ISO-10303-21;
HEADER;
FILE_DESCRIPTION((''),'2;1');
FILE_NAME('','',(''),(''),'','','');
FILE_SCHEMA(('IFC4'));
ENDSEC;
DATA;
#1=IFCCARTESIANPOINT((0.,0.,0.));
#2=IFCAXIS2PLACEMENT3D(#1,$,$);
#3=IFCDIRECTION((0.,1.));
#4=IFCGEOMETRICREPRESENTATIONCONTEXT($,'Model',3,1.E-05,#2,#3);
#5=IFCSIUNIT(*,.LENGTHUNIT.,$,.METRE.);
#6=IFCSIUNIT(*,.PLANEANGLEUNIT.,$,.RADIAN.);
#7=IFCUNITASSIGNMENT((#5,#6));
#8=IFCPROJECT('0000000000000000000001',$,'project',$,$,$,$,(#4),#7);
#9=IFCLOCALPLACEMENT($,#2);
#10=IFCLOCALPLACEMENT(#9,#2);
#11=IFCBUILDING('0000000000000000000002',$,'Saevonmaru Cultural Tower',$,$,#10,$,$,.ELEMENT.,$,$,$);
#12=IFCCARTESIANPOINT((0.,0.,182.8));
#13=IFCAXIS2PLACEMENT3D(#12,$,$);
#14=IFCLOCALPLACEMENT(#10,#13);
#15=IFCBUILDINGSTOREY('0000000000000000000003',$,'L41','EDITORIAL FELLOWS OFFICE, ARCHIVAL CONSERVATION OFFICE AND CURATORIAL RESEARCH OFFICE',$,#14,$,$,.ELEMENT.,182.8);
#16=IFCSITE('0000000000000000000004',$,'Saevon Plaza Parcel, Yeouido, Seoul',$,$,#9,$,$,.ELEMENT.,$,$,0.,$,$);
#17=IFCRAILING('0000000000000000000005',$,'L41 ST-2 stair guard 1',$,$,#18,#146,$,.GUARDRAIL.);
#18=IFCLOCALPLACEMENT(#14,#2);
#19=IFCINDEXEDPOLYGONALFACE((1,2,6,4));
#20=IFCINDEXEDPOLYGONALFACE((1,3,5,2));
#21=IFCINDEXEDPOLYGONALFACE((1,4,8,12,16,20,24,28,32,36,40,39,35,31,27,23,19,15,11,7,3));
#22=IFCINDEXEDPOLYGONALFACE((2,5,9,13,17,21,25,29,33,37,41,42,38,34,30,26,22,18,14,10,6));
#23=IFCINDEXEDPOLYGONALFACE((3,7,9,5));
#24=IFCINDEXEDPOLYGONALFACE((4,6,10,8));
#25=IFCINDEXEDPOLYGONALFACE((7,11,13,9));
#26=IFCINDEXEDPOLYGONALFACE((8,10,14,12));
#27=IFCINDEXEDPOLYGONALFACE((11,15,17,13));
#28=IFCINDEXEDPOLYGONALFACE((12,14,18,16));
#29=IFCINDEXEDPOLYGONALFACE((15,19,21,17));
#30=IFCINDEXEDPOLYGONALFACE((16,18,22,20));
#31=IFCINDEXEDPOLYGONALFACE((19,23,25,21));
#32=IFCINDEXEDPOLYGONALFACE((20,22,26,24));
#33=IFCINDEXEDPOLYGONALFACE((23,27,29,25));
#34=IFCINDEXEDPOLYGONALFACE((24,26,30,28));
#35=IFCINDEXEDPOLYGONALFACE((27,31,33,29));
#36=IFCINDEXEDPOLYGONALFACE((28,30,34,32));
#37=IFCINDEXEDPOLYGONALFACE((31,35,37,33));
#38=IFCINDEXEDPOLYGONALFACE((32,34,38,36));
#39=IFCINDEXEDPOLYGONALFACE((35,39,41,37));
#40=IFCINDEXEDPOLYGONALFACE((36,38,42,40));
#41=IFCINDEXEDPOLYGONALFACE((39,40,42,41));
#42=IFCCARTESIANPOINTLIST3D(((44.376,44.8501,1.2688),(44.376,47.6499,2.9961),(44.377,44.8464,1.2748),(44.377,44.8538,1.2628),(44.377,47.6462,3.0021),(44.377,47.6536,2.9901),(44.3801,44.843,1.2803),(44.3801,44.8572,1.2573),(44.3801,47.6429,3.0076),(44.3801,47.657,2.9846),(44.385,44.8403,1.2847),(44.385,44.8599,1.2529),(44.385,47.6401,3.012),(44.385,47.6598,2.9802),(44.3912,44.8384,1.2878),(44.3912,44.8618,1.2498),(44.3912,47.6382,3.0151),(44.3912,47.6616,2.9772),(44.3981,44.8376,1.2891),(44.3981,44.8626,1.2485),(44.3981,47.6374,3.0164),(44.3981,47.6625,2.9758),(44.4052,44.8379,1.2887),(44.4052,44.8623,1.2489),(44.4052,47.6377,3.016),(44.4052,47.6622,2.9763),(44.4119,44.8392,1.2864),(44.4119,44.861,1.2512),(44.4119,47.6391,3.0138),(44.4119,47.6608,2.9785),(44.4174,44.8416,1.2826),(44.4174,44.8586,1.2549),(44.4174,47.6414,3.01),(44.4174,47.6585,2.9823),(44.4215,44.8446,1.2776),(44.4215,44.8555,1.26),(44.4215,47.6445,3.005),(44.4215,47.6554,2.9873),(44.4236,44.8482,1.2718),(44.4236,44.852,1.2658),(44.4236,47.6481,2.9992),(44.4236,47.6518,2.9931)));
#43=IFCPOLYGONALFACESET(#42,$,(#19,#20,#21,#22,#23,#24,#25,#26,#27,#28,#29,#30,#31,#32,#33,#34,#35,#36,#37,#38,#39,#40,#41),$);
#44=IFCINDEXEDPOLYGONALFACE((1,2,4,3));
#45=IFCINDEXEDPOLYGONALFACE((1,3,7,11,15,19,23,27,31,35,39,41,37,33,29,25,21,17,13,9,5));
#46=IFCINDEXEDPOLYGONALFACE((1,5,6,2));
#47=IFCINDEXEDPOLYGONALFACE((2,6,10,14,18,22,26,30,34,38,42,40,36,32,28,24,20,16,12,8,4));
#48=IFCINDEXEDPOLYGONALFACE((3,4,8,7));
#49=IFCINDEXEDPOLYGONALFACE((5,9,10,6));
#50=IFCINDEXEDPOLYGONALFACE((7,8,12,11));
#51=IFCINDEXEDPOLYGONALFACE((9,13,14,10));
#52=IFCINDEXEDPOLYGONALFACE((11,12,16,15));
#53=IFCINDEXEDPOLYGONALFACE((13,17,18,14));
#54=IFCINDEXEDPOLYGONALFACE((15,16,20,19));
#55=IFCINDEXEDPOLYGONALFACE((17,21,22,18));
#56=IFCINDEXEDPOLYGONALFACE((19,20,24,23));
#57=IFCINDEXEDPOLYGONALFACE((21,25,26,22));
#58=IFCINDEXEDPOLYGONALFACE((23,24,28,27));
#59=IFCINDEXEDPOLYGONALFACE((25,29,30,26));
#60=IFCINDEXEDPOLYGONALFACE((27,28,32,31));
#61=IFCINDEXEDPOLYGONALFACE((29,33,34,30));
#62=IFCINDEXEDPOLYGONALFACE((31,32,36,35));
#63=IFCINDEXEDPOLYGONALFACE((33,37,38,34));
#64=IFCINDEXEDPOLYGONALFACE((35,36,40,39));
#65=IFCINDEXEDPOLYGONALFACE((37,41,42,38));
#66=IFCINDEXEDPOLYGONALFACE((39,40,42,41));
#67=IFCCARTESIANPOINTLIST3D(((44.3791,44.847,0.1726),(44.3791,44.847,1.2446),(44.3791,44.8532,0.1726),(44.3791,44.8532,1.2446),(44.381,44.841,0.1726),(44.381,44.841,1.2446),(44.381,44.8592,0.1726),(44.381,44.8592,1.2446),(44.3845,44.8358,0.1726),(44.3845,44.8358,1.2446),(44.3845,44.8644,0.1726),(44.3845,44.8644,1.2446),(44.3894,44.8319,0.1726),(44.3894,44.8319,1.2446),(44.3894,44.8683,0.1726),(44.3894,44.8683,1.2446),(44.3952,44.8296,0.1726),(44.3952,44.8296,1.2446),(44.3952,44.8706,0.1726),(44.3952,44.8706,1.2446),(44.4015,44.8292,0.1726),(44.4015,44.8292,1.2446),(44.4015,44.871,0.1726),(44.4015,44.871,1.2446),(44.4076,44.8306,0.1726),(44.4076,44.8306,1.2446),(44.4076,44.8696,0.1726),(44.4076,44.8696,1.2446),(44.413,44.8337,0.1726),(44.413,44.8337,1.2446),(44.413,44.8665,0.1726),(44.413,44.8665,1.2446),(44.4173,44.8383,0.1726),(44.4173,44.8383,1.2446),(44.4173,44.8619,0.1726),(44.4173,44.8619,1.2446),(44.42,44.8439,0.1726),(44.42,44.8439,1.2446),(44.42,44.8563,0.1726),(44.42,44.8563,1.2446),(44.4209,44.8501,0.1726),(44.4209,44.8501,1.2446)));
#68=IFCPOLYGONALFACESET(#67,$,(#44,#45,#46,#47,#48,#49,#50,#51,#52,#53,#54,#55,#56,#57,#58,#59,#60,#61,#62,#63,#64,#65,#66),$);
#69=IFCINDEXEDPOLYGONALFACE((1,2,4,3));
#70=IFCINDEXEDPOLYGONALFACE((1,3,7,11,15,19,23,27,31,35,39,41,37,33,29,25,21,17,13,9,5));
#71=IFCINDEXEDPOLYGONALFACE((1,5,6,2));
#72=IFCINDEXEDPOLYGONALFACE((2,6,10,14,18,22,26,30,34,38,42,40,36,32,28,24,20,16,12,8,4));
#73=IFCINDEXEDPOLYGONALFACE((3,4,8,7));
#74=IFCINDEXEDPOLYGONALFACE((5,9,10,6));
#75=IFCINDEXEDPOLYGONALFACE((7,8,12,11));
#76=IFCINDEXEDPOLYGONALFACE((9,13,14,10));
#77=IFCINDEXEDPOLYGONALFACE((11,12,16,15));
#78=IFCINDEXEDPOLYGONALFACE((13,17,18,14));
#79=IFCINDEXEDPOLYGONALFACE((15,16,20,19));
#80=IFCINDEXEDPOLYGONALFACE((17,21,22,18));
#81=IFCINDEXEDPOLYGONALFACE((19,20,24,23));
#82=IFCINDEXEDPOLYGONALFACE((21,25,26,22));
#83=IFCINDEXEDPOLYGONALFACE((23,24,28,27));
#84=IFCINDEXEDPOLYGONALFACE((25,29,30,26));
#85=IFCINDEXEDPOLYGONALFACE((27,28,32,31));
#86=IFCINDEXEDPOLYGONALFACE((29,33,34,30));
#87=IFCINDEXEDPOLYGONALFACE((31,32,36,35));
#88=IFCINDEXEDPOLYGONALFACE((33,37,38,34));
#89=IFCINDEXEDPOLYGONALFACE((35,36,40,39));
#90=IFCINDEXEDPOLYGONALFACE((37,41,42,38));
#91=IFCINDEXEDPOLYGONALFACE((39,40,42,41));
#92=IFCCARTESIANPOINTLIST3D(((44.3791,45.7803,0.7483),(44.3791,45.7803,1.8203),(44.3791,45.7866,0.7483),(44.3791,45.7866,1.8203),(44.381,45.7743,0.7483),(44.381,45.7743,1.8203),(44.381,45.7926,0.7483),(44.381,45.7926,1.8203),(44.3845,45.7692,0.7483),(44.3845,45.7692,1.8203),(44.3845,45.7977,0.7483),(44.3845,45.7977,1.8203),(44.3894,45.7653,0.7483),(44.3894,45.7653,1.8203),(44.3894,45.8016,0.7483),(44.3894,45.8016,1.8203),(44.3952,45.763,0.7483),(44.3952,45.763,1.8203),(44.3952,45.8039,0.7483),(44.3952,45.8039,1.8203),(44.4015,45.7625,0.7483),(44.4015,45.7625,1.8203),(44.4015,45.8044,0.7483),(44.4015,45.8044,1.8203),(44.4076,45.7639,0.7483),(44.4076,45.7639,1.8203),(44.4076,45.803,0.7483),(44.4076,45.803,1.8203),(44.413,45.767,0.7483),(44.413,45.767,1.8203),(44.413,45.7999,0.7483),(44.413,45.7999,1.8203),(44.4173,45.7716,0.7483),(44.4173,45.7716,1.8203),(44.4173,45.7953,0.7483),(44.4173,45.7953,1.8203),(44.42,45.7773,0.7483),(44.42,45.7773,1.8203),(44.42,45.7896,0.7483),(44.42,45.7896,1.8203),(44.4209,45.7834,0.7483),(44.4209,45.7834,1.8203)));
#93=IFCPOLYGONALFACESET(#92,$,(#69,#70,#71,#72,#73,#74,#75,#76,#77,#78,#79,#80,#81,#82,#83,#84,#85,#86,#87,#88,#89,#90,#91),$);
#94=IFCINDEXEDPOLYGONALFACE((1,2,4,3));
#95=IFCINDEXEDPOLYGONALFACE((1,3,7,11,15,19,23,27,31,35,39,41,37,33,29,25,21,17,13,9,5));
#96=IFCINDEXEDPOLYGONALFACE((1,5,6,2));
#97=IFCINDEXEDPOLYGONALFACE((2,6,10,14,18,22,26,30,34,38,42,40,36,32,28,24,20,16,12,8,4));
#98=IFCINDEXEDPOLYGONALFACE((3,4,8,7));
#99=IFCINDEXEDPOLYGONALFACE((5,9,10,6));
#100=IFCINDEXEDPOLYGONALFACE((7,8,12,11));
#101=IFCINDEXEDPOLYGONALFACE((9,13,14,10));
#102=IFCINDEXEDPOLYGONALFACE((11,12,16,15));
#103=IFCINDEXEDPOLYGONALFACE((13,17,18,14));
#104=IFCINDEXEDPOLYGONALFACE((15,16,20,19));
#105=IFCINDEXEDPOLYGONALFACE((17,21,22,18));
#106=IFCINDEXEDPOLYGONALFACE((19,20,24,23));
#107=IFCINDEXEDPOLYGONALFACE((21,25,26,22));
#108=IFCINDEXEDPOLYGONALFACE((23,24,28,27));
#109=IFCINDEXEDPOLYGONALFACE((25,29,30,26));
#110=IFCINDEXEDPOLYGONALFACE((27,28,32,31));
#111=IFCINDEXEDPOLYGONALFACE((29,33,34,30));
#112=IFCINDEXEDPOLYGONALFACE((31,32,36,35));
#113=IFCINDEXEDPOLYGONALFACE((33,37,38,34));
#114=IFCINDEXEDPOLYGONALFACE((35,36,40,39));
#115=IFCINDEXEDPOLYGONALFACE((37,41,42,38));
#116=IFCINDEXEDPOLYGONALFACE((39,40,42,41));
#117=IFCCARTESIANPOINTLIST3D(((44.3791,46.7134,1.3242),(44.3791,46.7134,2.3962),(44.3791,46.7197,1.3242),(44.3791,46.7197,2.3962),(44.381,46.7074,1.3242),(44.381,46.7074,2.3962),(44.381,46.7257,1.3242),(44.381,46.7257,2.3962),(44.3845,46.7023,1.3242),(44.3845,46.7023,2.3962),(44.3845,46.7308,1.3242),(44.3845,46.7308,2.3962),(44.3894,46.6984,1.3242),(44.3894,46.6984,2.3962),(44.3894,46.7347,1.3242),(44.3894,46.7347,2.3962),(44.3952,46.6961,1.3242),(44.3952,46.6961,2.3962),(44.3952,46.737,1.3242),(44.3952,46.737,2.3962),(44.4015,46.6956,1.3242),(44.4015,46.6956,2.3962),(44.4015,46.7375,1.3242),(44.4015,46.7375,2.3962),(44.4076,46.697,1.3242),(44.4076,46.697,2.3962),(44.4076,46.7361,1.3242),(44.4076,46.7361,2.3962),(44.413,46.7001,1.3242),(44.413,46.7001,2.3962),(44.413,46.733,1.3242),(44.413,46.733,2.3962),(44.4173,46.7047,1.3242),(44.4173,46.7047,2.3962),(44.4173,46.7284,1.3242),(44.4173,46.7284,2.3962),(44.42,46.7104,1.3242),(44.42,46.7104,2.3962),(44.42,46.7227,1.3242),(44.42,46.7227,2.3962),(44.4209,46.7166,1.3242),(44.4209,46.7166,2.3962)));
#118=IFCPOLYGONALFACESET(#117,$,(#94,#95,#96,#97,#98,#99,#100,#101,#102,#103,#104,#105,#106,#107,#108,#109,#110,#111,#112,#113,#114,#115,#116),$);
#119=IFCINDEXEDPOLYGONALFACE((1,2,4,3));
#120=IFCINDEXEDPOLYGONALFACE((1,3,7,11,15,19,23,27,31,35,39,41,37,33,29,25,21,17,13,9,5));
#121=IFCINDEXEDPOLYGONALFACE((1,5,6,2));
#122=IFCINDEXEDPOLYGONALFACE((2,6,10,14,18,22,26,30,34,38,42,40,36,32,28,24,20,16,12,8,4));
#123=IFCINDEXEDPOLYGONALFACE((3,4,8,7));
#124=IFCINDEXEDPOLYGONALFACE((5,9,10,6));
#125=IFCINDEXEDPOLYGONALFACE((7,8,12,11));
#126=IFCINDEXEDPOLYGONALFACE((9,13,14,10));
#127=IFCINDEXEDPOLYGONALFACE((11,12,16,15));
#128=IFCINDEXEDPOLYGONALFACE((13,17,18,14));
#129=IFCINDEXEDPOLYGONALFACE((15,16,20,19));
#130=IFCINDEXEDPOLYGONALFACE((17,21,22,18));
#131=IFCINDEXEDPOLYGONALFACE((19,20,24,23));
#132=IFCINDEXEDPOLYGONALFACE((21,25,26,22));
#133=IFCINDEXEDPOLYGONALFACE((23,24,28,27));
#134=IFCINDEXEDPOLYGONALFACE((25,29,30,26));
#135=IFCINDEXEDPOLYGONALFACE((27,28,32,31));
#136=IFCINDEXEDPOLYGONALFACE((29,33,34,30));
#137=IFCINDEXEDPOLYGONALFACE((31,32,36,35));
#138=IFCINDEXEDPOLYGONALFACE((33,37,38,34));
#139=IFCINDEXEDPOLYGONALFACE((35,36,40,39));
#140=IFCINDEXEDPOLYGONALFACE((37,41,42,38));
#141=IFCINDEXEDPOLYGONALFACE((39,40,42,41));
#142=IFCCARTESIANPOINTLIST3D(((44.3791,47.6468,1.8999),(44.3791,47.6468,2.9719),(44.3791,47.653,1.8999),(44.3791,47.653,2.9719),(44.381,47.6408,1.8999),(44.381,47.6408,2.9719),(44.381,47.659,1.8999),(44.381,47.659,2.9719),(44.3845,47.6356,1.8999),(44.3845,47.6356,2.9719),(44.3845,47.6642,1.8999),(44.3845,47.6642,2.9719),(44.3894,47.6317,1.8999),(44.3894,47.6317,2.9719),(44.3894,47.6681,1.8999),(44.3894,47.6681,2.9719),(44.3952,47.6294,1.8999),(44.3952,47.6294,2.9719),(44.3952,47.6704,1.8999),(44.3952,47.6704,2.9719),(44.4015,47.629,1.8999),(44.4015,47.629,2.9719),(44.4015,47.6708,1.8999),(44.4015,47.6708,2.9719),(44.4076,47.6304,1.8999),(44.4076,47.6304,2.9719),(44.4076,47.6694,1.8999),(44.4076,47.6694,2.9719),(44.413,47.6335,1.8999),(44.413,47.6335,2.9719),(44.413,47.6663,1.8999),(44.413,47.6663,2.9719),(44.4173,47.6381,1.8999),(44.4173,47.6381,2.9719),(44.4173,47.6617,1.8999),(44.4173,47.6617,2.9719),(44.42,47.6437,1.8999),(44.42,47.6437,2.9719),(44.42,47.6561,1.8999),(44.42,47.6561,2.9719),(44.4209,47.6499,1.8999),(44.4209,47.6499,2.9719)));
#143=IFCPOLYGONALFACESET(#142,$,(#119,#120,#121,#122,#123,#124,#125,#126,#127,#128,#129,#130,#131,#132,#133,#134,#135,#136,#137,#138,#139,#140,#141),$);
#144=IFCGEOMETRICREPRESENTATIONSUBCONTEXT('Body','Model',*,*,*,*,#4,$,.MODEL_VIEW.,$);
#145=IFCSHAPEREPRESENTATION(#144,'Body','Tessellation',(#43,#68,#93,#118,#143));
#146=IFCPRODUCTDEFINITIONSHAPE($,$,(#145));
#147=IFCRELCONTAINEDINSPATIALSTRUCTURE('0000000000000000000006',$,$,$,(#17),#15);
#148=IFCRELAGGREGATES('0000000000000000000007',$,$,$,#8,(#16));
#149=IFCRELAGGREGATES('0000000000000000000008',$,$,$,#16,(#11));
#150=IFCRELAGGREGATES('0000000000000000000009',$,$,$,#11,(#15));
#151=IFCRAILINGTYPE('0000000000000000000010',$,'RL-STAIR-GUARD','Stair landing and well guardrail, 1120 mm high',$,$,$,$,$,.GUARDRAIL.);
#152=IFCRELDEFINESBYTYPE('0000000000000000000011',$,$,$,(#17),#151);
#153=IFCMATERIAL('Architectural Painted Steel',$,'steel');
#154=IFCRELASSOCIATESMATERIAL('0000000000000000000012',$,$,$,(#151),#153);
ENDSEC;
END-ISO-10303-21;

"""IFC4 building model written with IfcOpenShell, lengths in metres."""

from ifc_helpers import new_model, si_unit, direction, frame, origin, origin_2d, place, context, subcontext, project, spatial, circle, extrude, material, type_object, element, save


model = new_model("IFC4")

# Units and contexts
model_context = context("Model", 3, precision=1e-05, world=origin(), true_north=direction((0.0, 1.0)))
body_context = subcontext(model_context, "Body", "Model", "MODEL_VIEW")
ifc_project = project(units=[si_unit("LENGTHUNIT", "METRE"), si_unit("PLANEANGLEUNIT", "RADIAN")], contexts=[model_context])

# Site, building, storey
site_placement = place(None, origin())
site = spatial("IfcSite", under=ifc_project, at=site_placement, Name="Saevon Plaza Parcel, Yeouido, Seoul", CompositionType="ELEMENT", RefElevation=0.0)
building_placement = place(site_placement, origin())
building = spatial("IfcBuilding", under=site, at=building_placement, Name="Saevonmaru Cultural Tower", CompositionType="ELEMENT")
storey_placement = place(building_placement, frame((0.0, 0.0, 182.8)))
storey = spatial("IfcBuildingStorey", under=building, at=storey_placement, Name="L41", Description="EDITORIAL FELLOWS OFFICE, ARCHIVAL CONSERVATION OFFICE AND CURATORIAL RESEARCH OFFICE", CompositionType="ELEMENT", Elevation=182.8)

# Railing
ifc_material_1 = material(Name="Architectural Painted Steel", Category="steel")
railing_type_1 = type_object("IfcRailingType", Name="RL-STAIR-GUARD", Description="Stair landing and well guardrail, 1120 mm high", PredefinedType="GUARDRAIL", material=ifc_material_1)
railing_1_placement = place(storey_placement, frame((44.3999, 44.8501, 0.1726)))
element("IfcRailing", 1, at=railing_1_placement, inside=storey, type_object=railing_type_1, Name="L41 ST-2 stair guard 1", PredefinedType="GUARDRAIL", context=body_context, shape_type="SweptSolid", body=[
    extrude(circle(Radius=0.0239, at=origin_2d()), frame((0.0, 0.0, 1.0962), z_axis=(0.0, 0.851069, 0.525054), x_axis=(-1.0, 0.0, 0.0)), (0.0, 0.0, 1.0), 3.2898),
    extrude(circle(Radius=0.021, at=origin_2d()), origin(), (0.0, 0.0, 1.0), 1.072),
    extrude(circle(Radius=0.021, at=origin_2d()), frame((0.0, 0.9333, 0.5757)), (0.0, 0.0, 1.0), 1.072),
    extrude(circle(Radius=0.021, at=origin_2d()), frame((0.0, 1.8665, 1.1516)), (0.0, 0.0, 1.0), 1.072),
    extrude(circle(Radius=0.021, at=origin_2d()), frame((0.0, 2.7998, 1.7273)), (0.0, 0.0, 1.0), 1.072),
])

save(model, "model.ifc")
